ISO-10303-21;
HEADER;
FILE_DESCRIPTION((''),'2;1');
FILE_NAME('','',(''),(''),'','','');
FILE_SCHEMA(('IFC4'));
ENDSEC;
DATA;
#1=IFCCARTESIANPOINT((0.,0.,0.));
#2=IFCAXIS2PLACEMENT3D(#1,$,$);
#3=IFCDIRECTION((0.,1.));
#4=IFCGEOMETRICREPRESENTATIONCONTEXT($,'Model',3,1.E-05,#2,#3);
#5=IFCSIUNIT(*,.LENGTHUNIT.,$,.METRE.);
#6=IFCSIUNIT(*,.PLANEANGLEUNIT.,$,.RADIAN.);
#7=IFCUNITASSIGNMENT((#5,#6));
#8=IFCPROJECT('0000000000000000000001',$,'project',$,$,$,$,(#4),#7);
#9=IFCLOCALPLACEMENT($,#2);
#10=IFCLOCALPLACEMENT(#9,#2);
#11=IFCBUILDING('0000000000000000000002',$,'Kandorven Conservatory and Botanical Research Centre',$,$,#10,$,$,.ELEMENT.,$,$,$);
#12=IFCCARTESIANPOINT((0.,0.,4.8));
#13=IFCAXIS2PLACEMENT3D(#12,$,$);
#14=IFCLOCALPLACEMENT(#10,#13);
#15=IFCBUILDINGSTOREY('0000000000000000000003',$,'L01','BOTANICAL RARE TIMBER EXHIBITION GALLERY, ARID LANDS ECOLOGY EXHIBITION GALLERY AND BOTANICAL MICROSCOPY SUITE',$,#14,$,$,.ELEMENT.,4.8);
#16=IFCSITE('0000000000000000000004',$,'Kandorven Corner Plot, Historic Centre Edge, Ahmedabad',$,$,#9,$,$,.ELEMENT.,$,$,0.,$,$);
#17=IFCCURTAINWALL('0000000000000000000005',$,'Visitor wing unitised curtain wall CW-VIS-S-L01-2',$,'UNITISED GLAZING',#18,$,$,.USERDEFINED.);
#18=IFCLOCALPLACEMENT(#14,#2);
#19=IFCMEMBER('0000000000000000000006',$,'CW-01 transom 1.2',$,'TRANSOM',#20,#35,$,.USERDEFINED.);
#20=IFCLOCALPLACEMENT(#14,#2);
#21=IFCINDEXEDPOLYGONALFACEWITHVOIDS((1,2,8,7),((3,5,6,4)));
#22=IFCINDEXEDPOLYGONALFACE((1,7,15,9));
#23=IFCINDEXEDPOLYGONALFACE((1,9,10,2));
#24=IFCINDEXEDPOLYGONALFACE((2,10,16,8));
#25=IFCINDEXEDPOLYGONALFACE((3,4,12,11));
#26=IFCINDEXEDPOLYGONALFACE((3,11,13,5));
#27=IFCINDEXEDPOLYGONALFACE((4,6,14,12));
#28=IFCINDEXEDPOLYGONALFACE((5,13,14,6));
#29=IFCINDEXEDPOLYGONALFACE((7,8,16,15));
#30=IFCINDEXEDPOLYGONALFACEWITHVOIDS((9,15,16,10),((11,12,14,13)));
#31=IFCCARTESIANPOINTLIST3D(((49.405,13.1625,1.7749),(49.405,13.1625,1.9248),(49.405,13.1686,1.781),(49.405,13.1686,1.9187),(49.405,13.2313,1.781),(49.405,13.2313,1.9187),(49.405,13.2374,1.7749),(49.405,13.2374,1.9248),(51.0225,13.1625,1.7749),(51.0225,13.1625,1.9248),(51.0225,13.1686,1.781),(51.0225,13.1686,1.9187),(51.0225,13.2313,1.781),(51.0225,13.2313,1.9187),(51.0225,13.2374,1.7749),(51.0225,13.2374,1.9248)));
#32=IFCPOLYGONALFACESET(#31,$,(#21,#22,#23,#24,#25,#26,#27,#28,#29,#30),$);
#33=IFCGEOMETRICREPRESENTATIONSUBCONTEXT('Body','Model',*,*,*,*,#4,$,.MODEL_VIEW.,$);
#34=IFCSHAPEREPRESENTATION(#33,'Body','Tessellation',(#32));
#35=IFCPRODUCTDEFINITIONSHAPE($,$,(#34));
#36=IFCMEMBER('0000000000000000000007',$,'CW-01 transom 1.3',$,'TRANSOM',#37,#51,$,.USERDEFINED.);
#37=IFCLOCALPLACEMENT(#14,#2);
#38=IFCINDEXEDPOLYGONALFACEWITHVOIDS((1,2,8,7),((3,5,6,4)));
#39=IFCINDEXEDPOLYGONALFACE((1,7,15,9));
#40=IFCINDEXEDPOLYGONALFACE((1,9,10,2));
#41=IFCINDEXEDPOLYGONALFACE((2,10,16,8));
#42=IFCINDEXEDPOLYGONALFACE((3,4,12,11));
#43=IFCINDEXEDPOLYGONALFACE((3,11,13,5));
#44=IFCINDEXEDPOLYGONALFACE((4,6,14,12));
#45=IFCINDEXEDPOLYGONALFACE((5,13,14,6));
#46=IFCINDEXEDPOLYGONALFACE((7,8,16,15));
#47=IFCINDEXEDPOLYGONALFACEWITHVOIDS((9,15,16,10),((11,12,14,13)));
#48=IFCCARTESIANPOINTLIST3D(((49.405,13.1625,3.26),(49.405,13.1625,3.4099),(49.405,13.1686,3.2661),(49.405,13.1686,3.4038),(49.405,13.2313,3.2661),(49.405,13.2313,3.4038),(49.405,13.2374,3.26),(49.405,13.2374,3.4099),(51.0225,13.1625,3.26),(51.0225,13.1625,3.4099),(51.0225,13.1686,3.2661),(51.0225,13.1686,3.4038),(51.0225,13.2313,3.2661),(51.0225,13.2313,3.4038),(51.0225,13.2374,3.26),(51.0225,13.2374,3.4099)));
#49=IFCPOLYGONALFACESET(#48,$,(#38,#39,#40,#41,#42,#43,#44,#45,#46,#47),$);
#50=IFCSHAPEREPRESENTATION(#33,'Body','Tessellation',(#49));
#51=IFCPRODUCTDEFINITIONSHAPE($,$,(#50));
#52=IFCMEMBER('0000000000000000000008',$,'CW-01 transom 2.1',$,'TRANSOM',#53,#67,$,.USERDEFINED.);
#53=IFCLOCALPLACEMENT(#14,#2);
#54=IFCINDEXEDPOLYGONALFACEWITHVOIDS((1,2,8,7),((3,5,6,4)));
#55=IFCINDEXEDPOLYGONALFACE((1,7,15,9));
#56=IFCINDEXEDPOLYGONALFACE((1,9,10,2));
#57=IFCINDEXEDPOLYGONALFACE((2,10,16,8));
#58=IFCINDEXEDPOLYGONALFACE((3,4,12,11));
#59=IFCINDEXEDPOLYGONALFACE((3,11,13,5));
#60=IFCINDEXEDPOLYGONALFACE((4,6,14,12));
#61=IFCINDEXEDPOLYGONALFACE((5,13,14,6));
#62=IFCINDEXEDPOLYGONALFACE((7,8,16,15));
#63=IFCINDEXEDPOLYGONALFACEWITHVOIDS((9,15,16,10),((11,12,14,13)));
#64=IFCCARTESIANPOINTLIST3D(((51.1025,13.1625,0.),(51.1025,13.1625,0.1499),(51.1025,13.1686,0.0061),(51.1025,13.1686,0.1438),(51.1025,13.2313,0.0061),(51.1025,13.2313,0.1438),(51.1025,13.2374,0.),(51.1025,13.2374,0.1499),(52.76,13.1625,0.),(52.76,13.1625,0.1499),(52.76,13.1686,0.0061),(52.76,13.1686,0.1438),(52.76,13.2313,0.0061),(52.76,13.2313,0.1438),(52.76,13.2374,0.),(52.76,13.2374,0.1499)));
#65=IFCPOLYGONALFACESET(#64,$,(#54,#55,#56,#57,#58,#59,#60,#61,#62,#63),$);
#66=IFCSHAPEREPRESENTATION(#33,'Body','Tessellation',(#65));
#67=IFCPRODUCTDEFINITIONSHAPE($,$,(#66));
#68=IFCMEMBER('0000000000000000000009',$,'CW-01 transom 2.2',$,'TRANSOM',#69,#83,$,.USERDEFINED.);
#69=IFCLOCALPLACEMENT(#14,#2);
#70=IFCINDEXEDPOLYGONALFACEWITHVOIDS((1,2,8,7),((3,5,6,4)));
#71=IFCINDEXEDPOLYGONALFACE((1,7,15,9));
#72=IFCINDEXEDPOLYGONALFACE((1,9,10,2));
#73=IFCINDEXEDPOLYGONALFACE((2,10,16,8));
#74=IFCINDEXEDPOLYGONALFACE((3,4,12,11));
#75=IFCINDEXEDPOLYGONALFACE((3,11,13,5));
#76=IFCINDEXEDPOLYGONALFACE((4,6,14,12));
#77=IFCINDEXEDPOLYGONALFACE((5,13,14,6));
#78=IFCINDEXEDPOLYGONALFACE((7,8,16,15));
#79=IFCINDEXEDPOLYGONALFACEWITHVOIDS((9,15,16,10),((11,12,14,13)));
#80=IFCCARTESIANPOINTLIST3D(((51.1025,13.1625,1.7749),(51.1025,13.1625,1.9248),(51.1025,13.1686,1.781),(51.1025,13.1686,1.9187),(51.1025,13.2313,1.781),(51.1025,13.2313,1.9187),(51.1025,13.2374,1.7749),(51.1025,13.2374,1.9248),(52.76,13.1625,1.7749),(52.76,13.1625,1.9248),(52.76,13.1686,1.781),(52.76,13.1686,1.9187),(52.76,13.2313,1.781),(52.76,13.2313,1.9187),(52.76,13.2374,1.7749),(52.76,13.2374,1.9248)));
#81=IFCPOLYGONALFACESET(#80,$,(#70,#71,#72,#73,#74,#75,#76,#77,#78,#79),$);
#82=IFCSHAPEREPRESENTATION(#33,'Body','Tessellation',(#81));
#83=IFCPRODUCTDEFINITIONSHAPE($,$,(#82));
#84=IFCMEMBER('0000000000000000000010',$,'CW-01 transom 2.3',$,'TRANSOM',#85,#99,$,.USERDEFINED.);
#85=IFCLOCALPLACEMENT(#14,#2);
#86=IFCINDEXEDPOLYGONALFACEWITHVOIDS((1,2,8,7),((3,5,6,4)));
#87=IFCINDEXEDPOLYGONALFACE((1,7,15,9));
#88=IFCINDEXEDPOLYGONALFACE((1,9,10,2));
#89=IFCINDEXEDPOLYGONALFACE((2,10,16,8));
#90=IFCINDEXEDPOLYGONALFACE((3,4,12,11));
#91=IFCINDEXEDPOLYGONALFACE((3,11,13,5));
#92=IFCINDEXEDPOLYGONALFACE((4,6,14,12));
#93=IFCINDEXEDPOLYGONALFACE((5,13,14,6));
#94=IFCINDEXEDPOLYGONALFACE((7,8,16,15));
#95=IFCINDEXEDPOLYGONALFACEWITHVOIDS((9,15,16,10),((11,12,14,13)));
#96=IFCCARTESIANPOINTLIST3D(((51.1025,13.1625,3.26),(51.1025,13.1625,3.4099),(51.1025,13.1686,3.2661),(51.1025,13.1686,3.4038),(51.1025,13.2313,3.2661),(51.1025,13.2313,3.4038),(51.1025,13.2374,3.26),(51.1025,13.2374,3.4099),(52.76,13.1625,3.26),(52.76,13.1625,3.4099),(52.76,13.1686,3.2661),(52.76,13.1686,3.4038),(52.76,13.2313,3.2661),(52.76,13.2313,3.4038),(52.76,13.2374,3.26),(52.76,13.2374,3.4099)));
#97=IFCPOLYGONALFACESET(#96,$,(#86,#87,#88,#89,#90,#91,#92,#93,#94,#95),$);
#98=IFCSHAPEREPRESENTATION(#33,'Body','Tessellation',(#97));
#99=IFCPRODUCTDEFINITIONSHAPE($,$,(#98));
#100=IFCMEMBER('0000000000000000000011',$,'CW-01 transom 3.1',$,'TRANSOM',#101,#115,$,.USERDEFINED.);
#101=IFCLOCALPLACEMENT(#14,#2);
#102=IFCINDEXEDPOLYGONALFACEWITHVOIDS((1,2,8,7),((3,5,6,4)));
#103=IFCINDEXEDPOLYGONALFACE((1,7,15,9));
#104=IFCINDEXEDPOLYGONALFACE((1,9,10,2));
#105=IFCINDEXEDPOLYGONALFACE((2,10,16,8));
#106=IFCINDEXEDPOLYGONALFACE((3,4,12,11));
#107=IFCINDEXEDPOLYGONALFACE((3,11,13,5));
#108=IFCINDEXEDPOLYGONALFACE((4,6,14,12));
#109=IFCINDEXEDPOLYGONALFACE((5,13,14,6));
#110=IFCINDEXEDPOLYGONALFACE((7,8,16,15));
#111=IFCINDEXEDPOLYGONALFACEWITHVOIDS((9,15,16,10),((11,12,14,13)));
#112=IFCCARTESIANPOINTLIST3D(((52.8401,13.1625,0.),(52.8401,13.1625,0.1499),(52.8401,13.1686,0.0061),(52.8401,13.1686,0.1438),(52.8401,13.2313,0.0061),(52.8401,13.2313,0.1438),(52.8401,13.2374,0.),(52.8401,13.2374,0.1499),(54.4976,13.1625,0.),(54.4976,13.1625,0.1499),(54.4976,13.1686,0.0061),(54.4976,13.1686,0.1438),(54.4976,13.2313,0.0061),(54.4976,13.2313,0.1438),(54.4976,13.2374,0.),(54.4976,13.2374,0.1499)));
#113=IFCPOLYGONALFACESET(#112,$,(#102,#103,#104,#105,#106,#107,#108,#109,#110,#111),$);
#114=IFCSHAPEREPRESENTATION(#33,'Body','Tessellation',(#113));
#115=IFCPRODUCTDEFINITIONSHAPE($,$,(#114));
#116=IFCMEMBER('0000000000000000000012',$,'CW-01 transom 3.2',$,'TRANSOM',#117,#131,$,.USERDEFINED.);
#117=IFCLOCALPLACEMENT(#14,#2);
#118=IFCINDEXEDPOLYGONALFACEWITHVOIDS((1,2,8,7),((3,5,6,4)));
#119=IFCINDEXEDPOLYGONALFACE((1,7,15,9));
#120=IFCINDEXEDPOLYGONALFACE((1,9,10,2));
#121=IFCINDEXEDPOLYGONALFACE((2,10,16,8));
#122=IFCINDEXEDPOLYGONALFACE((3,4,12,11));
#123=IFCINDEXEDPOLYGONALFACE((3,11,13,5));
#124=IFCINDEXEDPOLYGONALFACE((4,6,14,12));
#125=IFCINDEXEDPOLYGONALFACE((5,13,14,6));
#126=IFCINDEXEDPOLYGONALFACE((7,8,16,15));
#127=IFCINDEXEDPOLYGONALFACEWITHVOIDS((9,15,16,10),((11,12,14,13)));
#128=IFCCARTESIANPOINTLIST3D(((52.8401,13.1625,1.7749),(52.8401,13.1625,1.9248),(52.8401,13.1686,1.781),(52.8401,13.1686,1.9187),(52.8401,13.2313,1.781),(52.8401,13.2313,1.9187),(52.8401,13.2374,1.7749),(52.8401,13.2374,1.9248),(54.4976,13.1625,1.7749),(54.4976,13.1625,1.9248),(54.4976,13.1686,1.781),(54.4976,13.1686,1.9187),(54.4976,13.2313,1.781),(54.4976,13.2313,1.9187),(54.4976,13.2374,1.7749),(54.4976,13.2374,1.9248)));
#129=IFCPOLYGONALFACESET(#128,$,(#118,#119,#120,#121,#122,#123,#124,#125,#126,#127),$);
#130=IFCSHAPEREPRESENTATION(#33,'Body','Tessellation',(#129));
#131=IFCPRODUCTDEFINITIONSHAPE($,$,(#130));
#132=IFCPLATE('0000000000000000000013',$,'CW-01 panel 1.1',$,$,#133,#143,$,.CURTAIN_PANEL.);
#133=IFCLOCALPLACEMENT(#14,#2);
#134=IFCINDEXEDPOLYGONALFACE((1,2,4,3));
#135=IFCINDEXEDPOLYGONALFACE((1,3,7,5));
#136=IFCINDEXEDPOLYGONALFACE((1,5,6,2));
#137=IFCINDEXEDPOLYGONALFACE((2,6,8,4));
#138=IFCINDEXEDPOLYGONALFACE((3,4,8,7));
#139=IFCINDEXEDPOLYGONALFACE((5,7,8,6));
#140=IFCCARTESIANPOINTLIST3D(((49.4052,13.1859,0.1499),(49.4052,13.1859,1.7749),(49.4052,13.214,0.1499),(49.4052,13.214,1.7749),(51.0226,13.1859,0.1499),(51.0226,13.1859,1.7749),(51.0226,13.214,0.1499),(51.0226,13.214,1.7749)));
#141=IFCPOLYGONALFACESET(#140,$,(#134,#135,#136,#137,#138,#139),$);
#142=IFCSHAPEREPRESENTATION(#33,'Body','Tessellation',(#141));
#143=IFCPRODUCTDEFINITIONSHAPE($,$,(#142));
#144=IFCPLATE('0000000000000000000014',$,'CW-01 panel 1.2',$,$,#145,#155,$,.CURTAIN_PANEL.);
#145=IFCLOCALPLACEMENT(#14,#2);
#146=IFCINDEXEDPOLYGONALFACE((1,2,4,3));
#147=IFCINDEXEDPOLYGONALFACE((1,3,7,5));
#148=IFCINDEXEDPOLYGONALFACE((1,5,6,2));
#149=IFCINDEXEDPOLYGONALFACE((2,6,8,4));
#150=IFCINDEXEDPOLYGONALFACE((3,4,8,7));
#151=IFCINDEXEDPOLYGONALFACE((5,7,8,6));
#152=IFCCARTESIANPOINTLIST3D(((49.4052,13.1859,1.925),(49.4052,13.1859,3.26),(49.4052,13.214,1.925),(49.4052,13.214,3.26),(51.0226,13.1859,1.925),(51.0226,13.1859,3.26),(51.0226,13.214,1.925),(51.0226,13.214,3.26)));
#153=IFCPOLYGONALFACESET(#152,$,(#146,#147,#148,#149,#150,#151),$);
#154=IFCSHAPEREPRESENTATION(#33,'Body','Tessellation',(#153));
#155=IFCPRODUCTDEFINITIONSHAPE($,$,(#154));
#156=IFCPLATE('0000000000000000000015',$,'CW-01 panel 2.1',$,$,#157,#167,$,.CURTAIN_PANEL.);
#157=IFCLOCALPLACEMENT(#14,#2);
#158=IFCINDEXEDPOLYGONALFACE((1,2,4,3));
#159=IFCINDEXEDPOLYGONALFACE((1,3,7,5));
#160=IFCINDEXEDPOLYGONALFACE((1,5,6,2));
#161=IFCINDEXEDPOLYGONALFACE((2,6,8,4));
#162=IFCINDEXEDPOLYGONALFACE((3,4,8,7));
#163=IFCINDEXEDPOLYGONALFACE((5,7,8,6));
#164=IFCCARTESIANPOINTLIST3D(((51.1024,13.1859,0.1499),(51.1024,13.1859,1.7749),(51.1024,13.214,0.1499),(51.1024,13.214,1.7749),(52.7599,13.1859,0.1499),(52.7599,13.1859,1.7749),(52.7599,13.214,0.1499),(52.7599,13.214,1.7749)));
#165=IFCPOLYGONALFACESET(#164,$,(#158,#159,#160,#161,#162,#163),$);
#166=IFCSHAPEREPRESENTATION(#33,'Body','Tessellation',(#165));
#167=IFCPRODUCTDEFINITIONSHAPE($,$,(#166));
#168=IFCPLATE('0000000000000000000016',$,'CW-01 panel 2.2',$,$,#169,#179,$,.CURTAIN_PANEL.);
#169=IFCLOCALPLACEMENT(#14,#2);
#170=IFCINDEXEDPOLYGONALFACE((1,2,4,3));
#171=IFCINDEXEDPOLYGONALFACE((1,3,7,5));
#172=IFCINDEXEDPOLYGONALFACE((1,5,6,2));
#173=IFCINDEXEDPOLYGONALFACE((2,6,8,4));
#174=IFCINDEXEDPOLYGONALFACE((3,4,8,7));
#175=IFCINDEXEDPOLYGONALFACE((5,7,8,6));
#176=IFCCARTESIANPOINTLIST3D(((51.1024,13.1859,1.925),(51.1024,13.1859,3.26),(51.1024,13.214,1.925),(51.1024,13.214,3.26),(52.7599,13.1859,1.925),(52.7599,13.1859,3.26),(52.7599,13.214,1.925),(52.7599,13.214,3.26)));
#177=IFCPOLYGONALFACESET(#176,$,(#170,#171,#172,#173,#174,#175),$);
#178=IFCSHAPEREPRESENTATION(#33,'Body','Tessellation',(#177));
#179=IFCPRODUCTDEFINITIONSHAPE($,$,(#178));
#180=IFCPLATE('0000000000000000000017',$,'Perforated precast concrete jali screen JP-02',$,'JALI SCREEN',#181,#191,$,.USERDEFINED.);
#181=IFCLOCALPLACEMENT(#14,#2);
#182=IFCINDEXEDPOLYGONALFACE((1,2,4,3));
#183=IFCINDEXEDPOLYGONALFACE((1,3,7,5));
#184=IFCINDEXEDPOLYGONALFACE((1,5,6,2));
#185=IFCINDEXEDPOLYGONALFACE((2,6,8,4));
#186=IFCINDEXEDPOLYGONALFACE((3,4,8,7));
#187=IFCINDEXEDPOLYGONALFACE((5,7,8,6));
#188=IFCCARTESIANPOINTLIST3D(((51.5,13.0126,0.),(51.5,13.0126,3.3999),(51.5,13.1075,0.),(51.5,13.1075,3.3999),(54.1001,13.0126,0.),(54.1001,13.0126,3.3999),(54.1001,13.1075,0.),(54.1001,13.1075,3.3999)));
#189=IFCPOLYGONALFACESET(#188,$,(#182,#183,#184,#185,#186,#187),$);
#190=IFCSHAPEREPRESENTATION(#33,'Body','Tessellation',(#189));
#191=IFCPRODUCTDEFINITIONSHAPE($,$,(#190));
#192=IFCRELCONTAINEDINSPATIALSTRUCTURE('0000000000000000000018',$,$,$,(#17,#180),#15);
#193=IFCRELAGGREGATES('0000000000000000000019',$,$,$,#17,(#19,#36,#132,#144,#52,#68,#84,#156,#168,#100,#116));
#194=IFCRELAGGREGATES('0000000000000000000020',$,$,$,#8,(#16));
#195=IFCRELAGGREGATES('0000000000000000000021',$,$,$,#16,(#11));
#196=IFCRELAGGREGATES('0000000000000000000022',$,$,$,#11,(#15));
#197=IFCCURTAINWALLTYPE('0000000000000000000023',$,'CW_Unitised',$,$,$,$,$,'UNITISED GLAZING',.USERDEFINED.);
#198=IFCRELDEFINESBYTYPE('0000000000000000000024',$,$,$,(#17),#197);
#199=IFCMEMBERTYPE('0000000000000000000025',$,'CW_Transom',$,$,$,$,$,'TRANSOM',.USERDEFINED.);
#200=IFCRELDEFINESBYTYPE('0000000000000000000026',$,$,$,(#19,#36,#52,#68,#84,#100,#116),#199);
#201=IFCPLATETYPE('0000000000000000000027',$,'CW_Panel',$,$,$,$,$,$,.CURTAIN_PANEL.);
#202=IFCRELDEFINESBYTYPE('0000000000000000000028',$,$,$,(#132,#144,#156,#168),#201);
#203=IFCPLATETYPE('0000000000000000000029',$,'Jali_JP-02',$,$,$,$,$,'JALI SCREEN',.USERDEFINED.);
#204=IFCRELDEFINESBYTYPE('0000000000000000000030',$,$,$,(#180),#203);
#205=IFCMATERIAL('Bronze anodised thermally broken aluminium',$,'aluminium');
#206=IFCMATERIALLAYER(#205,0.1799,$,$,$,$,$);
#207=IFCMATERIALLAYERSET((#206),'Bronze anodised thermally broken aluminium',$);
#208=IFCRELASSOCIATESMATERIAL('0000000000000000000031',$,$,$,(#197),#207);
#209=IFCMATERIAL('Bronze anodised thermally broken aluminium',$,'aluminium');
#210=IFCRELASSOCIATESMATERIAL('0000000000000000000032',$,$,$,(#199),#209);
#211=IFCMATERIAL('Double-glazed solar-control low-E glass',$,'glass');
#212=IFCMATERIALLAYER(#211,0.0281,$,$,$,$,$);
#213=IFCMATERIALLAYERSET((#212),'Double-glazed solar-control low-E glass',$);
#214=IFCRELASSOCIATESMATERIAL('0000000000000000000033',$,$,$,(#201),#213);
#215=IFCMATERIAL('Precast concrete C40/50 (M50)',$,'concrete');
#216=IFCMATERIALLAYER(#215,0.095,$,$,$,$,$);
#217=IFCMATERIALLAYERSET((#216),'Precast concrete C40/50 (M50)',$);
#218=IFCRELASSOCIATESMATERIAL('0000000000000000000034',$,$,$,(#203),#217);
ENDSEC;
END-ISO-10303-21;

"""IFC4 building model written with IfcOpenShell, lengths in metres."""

from ifc_helpers import new_model, si_unit, direction, frame, origin, origin_2d, place, context, subcontext, project, spatial, rectangle, hollow_rectangle, extrude, material, layer, layer_set, material_profile, profile_set, type_object, element, aggregate, save


model = new_model("IFC4")

# Units and contexts
model_context = context("Model", 3, precision=1e-05, world=origin(), true_north=direction((0.0, 1.0)))
body_context = subcontext(model_context, "Body", "Model", "MODEL_VIEW")
ifc_project = project(units=[si_unit("LENGTHUNIT", "METRE"), si_unit("PLANEANGLEUNIT", "RADIAN")], contexts=[model_context])

# Site, building, storey
site_placement = place(None, origin())
site = spatial("IfcSite", under=ifc_project, at=site_placement, Name="Kandorven Corner Plot, Historic Centre Edge, Ahmedabad", CompositionType="ELEMENT", RefElevation=0.0)
building_placement = place(site_placement, origin())
building = spatial("IfcBuilding", under=site, at=building_placement, Name="Kandorven Conservatory and Botanical Research Centre", CompositionType="ELEMENT")
storey_placement = place(building_placement, frame((0.0, 0.0, 4.8)))
storey = spatial("IfcBuildingStorey", under=building, at=storey_placement, Name="L01", Description="BOTANICAL RARE TIMBER EXHIBITION GALLERY, ARID LANDS ECOLOGY EXHIBITION GALLERY AND BOTANICAL MICROSCOPY SUITE", CompositionType="ELEMENT", Elevation=4.8)

# Curtain wall, members, plates
ifc_material_1 = material(Name="Bronze anodised thermally broken aluminium", Category="aluminium")
ifc_layer_1 = layer(ifc_material_1, 0.1799)
ifc_layer_set_1 = layer_set([ifc_layer_1], Name="Bronze anodised thermally broken aluminium")
curtain_wall_type = type_object("IfcCurtainWallType", Name="CW_Unitised", ElementType="UNITISED GLAZING", PredefinedType="USERDEFINED", material=ifc_layer_set_1)
curtain_wall_placement = place(storey_placement, origin())
curtain_wall = element("IfcCurtainWall", 1, at=curtain_wall_placement, inside=storey, type_object=curtain_wall_type, Name="Visitor wing unitised curtain wall CW-VIS-S-L01-2", ObjectType="UNITISED GLAZING", PredefinedType="USERDEFINED")
ifc_material_2 = material(Name="Bronze anodised thermally broken aluminium", Category="aluminium")
ifc_material_profile_1 = material_profile(ifc_material_2, hollow_rectangle(XDim=0.075, YDim=0.1499, WallThickness=0.0061, at=origin_2d()))
ifc_profile_set_1 = profile_set([ifc_material_profile_1], Name="Bronze anodised thermally broken aluminium")
member_type_1 = type_object("IfcMemberType", Name="CW_Transom", ElementType="TRANSOM", PredefinedType="USERDEFINED", material=ifc_profile_set_1)
member_1_placement = place(storey_placement, frame((49.405, 13.2, 1.8499), z_axis=(1.0, 0.0, 0.0), x_axis=(0.0, 1.0, 0.0)))
member_1 = element("IfcMember", 2, at=member_1_placement, type_object=member_type_1, Name="CW-01 transom 1.2", ObjectType="TRANSOM", PredefinedType="USERDEFINED", context=body_context, shape_type="SweptSolid", body=[
    extrude(hollow_rectangle(XDim=0.075, YDim=0.1499, WallThickness=0.0061, at=origin_2d()), origin(), (0.0, 0.0, 1.0), 1.6174),
])
member_2_placement = place(storey_placement, frame((49.405, 13.2, 3.335), z_axis=(1.0, 0.0, 0.0), x_axis=(0.0, 1.0, 0.0)))
member_2 = element("IfcMember", 3, at=member_2_placement, type_object=member_type_1, Name="CW-01 transom 1.3", ObjectType="TRANSOM", PredefinedType="USERDEFINED", context=body_context, shape_type="SweptSolid", body=[
    extrude(hollow_rectangle(XDim=0.075, YDim=0.1499, WallThickness=0.0061, at=origin_2d()), origin(), (0.0, 0.0, 1.0), 1.6174),
])
member_3_placement = place(storey_placement, frame((51.1025, 13.2, 0.075), z_axis=(1.0, 0.0, 0.0), x_axis=(0.0, 1.0, 0.0)))
member_3 = element("IfcMember", 4, at=member_3_placement, type_object=member_type_1, Name="CW-01 transom 2.1", ObjectType="TRANSOM", PredefinedType="USERDEFINED", context=body_context, shape_type="SweptSolid", body=[
    extrude(hollow_rectangle(XDim=0.075, YDim=0.1499, WallThickness=0.0061, at=origin_2d()), origin(), (0.0, 0.0, 1.0), 1.6575),
])
member_4_placement = place(storey_placement, frame((51.1025, 13.2, 1.8499), z_axis=(1.0, 0.0, 0.0), x_axis=(0.0, 1.0, 0.0)))
member_4 = element("IfcMember", 5, at=member_4_placement, type_object=member_type_1, Name="CW-01 transom 2.2", ObjectType="TRANSOM", PredefinedType="USERDEFINED", context=body_context, shape_type="SweptSolid", body=[
    extrude(hollow_rectangle(XDim=0.075, YDim=0.1499, WallThickness=0.0061, at=origin_2d()), origin(), (0.0, 0.0, 1.0), 1.6575),
])
member_5_placement = place(storey_placement, frame((51.1025, 13.2, 3.335), z_axis=(1.0, 0.0, 0.0), x_axis=(0.0, 1.0, 0.0)))
member_5 = element("IfcMember", 6, at=member_5_placement, type_object=member_type_1, Name="CW-01 transom 2.3", ObjectType="TRANSOM", PredefinedType="USERDEFINED", context=body_context, shape_type="SweptSolid", body=[
    extrude(hollow_rectangle(XDim=0.075, YDim=0.1499, WallThickness=0.0061, at=origin_2d()), origin(), (0.0, 0.0, 1.0), 1.6575),
])
member_6_placement = place(storey_placement, frame((52.8401, 13.2, 0.075), z_axis=(1.0, 0.0, 0.0), x_axis=(0.0, 1.0, 0.0)))
member_6 = element("IfcMember", 7, at=member_6_placement, type_object=member_type_1, Name="CW-01 transom 3.1", ObjectType="TRANSOM", PredefinedType="USERDEFINED", context=body_context, shape_type="SweptSolid", body=[
    extrude(hollow_rectangle(XDim=0.075, YDim=0.1499, WallThickness=0.0061, at=origin_2d()), origin(), (0.0, 0.0, 1.0), 1.6575),
])
member_7_placement = place(storey_placement, frame((52.8401, 13.2, 1.8499), z_axis=(1.0, 0.0, 0.0), x_axis=(0.0, 1.0, 0.0)))
member_7 = element("IfcMember", 8, at=member_7_placement, type_object=member_type_1, Name="CW-01 transom 3.2", ObjectType="TRANSOM", PredefinedType="USERDEFINED", context=body_context, shape_type="SweptSolid", body=[
    extrude(hollow_rectangle(XDim=0.075, YDim=0.1499, WallThickness=0.0061, at=origin_2d()), origin(), (0.0, 0.0, 1.0), 1.6575),
])
ifc_material_3 = material(Name="Double-glazed solar-control low-E glass", Category="glass")
ifc_layer_2 = layer(ifc_material_3, 0.0281)
ifc_layer_set_2 = layer_set([ifc_layer_2], Name="Double-glazed solar-control low-E glass")
plate_type_1 = type_object("IfcPlateType", Name="CW_Panel", PredefinedType="CURTAIN_PANEL", material=ifc_layer_set_2)
plate_1_placement = place(storey_placement, frame((50.2139, 13.2, 0.1499), z_axis=(0.0, 0.0, 1.0), x_axis=(1.0, 0.0, 0.0)))
plate_1 = element("IfcPlate", 9, at=plate_1_placement, type_object=plate_type_1, Name="CW-01 panel 1.1", PredefinedType="CURTAIN_PANEL", context=body_context, shape_type="SweptSolid", body=[
    extrude(rectangle(XDim=1.6174, YDim=0.0281, at=origin_2d()), origin(), (0.0, 0.0, 1.0), 1.625),
])
plate_2_placement = place(storey_placement, frame((50.2139, 13.2, 1.925), z_axis=(0.0, 0.0, 1.0), x_axis=(1.0, 0.0, 0.0)))
plate_2 = element("IfcPlate", 10, at=plate_2_placement, type_object=plate_type_1, Name="CW-01 panel 1.2", PredefinedType="CURTAIN_PANEL", context=body_context, shape_type="SweptSolid", body=[
    extrude(rectangle(XDim=1.6174, YDim=0.0281, at=origin_2d()), origin(), (0.0, 0.0, 1.0), 1.335),
])
plate_3_placement = place(storey_placement, frame((51.9312, 13.2, 0.1499), z_axis=(0.0, 0.0, 1.0), x_axis=(1.0, 0.0, 0.0)))
plate_3 = element("IfcPlate", 11, at=plate_3_placement, type_object=plate_type_1, Name="CW-01 panel 2.1", PredefinedType="CURTAIN_PANEL", context=body_context, shape_type="SweptSolid", body=[
    extrude(rectangle(XDim=1.6575, YDim=0.0281, at=origin_2d()), origin(), (0.0, 0.0, 1.0), 1.625),
])
plate_4_placement = place(storey_placement, frame((51.9312, 13.2, 1.925), z_axis=(0.0, 0.0, 1.0), x_axis=(1.0, 0.0, 0.0)))
plate_4 = element("IfcPlate", 12, at=plate_4_placement, type_object=plate_type_1, Name="CW-01 panel 2.2", PredefinedType="CURTAIN_PANEL", context=body_context, shape_type="SweptSolid", body=[
    extrude(rectangle(XDim=1.6575, YDim=0.0281, at=origin_2d()), origin(), (0.0, 0.0, 1.0), 1.335),
])
aggregate(curtain_wall, [member_1, member_2, plate_1, plate_2, member_3, member_4, member_5, plate_3, plate_4, member_6, member_7])

# Plate
ifc_material_4 = material(Name="Precast concrete C40/50 (M50)", Category="concrete")
ifc_layer_3 = layer(ifc_material_4, 0.095)
ifc_layer_set_3 = layer_set([ifc_layer_3], Name="Precast concrete C40/50 (M50)")
plate_type_2 = type_object("IfcPlateType", Name="Jali_JP-02", ElementType="JALI SCREEN", PredefinedType="USERDEFINED", material=ifc_layer_set_3)
plate_5_placement = place(storey_placement, frame((52.8, 13.0601, 0.0), z_axis=(0.0, 0.0, 1.0), x_axis=(1.0, 0.0, 0.0)))
element("IfcPlate", 13, at=plate_5_placement, inside=storey, type_object=plate_type_2, Name="Perforated precast concrete jali screen JP-02", ObjectType="JALI SCREEN", PredefinedType="USERDEFINED", context=body_context, shape_type="SweptSolid", body=[
    extrude(rectangle(XDim=2.6001, YDim=0.095, at=origin_2d()), origin(), (0.0, 0.0, 1.0), 3.3999),
])

save(model, "model.ifc")
